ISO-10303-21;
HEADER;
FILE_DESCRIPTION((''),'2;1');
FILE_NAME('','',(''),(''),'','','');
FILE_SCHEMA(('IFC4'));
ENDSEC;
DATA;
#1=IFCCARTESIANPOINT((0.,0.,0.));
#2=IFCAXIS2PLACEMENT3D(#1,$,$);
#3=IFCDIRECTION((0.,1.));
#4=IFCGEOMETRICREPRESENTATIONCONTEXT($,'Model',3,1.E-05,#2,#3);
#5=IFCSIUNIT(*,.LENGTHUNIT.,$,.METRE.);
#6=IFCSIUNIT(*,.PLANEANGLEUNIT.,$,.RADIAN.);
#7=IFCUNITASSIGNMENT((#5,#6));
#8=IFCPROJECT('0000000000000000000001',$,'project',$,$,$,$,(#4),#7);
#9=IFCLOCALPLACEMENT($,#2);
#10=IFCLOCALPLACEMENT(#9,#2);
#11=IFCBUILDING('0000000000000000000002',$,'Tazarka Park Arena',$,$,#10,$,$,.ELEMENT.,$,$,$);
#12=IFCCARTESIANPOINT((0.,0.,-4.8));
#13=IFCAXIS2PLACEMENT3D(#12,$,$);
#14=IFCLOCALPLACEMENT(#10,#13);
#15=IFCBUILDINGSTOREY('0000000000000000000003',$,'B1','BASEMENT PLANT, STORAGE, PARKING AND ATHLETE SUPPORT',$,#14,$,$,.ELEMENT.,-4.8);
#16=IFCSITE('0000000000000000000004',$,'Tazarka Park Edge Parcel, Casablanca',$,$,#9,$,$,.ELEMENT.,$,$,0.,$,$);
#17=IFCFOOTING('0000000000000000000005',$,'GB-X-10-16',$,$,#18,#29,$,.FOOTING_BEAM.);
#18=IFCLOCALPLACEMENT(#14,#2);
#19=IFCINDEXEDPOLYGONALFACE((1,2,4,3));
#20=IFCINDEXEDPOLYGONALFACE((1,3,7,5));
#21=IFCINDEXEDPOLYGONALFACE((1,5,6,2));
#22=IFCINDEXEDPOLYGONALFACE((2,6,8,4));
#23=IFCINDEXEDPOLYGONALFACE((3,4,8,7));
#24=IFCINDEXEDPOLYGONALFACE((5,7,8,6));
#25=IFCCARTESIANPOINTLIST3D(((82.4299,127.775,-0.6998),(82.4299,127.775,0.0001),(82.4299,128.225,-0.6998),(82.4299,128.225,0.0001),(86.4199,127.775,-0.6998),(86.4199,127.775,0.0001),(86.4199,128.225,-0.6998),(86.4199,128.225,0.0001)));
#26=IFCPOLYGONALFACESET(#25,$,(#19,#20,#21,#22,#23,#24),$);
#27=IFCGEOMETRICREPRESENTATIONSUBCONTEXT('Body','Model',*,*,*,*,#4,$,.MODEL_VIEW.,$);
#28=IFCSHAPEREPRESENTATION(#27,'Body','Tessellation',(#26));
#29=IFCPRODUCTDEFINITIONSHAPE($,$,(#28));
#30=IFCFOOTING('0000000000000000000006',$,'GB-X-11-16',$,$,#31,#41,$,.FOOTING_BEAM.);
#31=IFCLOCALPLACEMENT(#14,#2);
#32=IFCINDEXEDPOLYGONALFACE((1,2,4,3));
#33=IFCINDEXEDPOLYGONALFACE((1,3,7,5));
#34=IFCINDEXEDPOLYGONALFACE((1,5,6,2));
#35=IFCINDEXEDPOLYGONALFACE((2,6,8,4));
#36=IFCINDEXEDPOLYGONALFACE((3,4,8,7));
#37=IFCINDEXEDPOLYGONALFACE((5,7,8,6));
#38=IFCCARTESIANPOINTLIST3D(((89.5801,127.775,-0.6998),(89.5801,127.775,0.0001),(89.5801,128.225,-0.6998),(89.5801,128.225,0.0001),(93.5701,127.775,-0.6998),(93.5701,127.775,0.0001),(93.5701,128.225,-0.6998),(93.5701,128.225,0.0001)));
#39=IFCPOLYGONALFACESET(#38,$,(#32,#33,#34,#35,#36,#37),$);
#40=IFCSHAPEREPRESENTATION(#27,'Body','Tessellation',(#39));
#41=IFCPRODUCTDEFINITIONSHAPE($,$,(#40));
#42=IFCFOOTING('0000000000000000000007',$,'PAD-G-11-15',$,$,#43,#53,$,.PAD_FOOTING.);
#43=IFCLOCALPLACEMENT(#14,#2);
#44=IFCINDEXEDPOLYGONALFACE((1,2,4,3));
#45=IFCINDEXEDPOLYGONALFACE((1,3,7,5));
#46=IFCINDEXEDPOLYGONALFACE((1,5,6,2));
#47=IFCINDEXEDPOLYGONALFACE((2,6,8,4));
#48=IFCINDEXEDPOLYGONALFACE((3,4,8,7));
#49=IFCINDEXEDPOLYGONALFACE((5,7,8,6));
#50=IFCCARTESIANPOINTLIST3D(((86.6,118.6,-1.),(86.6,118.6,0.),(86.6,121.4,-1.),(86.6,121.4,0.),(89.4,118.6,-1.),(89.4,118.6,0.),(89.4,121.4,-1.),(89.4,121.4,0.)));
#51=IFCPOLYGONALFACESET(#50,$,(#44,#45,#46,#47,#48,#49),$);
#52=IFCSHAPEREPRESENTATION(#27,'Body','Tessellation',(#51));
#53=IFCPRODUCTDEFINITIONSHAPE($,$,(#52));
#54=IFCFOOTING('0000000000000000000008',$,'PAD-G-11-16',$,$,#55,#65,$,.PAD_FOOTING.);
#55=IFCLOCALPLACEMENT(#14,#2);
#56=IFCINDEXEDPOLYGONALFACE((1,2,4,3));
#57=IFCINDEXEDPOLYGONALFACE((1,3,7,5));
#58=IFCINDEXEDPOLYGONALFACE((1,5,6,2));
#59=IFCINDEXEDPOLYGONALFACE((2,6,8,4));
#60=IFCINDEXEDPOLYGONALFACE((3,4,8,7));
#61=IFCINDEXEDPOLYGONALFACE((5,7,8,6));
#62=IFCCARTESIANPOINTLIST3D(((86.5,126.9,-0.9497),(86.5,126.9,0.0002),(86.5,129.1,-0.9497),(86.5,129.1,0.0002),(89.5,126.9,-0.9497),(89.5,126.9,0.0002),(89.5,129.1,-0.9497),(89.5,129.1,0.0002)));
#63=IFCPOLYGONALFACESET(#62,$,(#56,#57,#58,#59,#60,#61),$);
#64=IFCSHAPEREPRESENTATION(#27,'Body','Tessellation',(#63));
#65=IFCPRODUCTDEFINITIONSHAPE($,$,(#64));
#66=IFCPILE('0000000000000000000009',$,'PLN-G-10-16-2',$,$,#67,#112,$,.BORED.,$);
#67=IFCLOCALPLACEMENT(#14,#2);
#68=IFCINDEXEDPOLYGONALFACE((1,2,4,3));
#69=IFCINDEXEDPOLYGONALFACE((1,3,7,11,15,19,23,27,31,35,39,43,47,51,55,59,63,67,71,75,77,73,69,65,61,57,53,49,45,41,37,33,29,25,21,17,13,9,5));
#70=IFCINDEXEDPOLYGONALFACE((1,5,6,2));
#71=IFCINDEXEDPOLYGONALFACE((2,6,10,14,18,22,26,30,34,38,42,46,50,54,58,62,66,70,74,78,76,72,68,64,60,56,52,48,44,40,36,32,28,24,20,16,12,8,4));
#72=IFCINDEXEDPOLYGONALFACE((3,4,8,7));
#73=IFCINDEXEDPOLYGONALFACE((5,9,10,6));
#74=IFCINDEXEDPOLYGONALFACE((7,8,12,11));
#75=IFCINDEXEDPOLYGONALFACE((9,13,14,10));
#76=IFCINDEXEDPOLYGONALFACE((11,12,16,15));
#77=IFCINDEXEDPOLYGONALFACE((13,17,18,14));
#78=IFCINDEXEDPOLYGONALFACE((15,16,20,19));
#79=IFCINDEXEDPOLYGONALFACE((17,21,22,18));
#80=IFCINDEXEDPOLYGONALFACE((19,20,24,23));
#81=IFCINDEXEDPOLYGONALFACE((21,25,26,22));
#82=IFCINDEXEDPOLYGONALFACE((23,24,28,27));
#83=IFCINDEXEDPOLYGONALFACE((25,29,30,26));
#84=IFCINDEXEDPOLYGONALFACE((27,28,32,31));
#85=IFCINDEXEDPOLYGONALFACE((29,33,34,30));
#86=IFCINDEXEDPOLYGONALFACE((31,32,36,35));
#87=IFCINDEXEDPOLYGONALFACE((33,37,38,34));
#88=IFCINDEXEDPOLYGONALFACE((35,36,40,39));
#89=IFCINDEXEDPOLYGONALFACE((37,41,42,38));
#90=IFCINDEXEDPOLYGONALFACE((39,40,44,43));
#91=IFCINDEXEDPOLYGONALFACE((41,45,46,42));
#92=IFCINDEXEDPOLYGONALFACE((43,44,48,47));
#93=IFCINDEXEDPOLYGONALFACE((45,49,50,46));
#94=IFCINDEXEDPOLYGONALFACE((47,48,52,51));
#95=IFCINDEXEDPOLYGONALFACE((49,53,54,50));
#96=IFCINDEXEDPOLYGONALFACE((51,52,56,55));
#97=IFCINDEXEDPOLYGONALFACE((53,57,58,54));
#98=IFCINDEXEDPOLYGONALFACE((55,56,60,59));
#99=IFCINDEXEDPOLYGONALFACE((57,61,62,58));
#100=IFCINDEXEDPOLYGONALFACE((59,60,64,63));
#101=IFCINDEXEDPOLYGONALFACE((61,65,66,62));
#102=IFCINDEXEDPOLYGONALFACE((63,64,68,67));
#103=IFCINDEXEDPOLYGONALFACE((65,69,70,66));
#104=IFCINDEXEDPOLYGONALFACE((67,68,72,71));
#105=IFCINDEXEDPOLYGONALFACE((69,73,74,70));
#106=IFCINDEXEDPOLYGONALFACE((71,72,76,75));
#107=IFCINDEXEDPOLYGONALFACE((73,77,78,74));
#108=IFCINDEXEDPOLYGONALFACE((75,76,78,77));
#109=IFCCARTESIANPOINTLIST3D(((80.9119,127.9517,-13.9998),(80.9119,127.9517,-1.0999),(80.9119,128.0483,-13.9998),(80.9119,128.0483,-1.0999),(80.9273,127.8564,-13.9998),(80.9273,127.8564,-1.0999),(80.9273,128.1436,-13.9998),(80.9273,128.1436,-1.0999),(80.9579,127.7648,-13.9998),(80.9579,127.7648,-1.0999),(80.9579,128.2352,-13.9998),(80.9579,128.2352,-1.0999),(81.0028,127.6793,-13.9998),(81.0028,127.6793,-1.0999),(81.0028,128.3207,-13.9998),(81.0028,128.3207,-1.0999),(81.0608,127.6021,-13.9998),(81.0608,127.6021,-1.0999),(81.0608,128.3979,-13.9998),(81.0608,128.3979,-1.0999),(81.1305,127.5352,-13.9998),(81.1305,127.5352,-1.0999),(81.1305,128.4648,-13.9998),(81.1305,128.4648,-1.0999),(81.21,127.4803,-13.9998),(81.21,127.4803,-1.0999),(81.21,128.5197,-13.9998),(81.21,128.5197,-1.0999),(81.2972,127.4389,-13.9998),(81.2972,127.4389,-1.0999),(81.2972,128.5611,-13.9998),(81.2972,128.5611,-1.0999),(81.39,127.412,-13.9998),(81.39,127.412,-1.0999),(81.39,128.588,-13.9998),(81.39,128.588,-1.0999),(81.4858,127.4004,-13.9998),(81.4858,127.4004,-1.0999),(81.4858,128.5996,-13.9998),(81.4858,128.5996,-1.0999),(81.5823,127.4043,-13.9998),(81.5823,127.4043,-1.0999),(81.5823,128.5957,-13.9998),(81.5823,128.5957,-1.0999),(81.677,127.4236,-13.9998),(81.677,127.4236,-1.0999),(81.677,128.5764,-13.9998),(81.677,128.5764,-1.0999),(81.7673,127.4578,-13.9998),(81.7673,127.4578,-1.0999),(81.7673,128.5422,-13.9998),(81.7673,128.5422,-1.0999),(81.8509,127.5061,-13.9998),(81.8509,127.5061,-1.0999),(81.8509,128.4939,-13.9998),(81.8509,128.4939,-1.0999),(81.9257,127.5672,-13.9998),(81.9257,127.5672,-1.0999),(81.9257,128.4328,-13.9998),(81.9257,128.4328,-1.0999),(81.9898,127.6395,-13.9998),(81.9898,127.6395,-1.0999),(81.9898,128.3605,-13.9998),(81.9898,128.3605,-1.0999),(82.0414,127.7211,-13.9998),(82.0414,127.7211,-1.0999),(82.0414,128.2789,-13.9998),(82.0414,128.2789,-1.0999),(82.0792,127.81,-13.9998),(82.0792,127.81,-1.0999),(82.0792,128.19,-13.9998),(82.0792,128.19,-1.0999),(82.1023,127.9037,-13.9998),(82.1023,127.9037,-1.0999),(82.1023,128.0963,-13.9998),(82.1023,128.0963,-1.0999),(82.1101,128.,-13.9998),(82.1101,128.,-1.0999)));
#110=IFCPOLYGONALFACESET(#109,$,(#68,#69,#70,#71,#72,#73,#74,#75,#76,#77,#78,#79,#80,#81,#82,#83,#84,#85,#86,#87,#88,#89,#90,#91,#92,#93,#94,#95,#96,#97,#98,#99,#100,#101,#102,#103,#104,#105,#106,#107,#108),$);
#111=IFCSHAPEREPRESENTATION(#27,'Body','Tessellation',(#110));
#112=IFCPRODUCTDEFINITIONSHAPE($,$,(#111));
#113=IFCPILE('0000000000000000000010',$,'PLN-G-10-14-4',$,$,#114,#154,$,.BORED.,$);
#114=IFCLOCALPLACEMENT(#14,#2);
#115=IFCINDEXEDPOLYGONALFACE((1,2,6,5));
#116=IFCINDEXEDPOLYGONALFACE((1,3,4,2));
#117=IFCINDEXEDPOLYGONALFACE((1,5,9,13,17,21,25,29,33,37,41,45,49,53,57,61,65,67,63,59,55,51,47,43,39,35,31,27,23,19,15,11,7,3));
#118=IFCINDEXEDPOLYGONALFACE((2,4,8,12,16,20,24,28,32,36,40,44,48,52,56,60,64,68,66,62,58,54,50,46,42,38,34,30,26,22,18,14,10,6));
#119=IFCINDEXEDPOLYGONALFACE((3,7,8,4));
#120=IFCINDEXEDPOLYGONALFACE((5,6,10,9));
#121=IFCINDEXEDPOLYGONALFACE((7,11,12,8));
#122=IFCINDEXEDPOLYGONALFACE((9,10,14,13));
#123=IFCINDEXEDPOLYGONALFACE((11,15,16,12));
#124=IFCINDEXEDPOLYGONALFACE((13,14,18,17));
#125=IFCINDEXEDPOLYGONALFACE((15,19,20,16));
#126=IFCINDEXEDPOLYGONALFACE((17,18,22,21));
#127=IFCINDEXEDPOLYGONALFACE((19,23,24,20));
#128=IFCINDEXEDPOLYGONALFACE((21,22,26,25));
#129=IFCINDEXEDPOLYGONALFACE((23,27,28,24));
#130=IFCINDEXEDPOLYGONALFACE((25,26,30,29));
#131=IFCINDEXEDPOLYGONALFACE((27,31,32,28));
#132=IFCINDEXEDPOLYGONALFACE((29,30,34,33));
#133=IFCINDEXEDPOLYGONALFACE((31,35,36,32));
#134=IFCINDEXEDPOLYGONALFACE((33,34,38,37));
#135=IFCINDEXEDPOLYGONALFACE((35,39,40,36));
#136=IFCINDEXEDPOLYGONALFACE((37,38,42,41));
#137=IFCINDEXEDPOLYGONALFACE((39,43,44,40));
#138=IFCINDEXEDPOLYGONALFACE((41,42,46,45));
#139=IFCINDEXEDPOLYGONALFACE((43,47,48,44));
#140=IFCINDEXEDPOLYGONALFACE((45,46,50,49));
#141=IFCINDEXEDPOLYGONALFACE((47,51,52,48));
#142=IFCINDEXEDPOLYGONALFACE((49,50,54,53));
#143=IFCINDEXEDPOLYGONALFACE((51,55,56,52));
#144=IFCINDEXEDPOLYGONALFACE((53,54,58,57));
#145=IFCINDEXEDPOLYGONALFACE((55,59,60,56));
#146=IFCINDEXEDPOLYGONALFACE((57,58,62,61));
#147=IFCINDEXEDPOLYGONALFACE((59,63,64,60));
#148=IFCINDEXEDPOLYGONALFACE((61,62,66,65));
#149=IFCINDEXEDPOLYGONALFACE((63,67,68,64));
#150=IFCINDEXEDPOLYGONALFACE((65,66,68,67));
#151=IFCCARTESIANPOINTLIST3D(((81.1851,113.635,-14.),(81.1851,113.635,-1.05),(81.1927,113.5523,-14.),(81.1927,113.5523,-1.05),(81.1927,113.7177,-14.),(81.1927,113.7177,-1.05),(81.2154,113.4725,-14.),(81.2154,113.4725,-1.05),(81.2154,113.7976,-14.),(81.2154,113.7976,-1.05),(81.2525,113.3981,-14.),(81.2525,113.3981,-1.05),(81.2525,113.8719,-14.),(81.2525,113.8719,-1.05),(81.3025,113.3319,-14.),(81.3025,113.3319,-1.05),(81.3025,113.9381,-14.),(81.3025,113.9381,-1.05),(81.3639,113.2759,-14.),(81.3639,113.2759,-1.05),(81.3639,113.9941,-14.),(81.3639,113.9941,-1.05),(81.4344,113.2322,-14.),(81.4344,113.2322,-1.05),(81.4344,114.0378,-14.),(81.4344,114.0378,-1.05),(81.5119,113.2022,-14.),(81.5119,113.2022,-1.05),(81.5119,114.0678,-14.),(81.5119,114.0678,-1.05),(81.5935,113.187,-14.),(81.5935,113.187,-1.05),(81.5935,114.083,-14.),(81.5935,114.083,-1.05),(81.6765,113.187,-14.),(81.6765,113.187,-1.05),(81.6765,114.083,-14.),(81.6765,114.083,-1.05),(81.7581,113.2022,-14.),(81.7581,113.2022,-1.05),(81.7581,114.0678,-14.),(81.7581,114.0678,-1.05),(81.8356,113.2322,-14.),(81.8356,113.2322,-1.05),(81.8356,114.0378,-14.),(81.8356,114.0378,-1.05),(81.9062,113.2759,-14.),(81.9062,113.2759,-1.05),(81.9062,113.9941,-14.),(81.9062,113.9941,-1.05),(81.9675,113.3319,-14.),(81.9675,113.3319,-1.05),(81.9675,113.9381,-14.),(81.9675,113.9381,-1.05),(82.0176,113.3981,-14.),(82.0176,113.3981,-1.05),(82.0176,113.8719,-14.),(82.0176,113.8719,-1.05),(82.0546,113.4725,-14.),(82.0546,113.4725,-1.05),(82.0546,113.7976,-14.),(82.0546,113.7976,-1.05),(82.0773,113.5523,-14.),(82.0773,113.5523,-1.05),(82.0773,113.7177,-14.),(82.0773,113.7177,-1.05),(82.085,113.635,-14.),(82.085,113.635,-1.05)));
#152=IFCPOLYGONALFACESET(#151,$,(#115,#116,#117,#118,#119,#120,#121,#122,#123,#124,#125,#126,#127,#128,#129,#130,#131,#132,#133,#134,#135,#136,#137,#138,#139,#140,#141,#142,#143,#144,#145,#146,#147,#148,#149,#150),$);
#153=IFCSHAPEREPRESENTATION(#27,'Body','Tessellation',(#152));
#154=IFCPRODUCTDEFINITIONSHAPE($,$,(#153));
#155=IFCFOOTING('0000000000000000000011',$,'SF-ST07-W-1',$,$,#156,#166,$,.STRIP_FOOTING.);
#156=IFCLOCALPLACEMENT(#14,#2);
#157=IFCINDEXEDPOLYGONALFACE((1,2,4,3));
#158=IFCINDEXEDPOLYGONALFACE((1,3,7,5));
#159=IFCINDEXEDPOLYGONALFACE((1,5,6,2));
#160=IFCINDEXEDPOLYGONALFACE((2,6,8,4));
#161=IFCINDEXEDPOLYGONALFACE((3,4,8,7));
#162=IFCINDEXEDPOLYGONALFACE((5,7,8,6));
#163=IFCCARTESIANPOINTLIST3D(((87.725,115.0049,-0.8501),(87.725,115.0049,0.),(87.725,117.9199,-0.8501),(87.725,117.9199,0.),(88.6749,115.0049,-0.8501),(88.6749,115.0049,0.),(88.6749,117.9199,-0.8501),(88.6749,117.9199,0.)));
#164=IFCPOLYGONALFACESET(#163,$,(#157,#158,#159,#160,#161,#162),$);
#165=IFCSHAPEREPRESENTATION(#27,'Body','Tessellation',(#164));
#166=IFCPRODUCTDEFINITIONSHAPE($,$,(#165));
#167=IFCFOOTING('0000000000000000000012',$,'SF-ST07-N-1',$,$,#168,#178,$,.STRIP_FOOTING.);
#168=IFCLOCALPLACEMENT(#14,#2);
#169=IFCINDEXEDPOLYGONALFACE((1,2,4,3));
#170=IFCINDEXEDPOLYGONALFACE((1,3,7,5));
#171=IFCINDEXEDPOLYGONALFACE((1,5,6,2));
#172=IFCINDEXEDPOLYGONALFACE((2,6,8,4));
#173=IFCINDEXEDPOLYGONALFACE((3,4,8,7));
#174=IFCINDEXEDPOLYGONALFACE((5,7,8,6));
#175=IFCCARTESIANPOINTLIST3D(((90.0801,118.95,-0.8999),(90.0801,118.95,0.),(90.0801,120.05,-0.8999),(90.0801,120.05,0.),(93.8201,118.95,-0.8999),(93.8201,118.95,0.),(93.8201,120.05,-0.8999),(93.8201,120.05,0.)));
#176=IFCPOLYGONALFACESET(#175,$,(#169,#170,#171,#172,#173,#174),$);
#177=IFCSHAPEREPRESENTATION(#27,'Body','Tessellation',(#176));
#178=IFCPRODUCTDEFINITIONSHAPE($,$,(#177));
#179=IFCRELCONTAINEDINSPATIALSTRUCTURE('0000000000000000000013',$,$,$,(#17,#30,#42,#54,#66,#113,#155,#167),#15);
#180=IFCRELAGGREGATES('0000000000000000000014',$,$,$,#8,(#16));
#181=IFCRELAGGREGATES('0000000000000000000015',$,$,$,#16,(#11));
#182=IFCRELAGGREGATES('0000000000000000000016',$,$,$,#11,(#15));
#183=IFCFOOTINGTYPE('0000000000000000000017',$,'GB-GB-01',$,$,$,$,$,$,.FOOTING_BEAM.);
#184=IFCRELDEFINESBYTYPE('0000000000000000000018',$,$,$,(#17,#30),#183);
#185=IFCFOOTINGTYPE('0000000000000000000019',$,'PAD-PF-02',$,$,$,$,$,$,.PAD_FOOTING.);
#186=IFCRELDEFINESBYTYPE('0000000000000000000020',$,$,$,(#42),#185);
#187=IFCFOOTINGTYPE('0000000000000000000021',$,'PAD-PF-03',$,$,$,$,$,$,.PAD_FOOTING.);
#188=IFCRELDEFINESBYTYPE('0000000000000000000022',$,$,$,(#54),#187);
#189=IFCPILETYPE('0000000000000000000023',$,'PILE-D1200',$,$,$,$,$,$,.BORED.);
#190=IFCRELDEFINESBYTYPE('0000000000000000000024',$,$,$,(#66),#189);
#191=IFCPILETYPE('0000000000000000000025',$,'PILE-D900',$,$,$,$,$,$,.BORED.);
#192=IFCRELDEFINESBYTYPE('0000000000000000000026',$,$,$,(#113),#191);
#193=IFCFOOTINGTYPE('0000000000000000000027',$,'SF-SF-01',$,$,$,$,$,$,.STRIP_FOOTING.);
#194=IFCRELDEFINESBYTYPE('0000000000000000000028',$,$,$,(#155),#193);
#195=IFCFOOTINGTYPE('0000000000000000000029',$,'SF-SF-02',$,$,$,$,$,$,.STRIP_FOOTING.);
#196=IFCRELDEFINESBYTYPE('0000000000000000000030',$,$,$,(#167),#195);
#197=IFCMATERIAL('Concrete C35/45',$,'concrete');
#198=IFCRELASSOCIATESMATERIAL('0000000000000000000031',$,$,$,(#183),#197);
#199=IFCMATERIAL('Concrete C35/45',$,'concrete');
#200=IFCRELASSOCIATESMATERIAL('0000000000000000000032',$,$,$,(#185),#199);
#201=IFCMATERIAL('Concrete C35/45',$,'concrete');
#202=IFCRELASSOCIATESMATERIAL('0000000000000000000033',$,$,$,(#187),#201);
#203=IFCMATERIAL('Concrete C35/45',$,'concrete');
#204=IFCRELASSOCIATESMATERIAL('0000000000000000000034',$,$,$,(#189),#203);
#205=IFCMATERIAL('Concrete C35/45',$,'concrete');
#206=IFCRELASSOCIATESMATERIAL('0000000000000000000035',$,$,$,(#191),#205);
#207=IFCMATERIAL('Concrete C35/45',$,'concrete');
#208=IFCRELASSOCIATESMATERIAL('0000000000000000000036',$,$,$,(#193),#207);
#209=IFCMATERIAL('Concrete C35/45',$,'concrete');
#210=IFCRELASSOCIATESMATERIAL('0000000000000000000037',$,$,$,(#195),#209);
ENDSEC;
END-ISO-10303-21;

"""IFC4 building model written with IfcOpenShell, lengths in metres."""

from ifc_helpers import new_model, si_unit, direction, frame, origin, origin_2d, place, context, subcontext, project, spatial, rectangle, circle, extrude, material, material_profile, profile_set, type_object, element, save


model = new_model("IFC4")

# Units and contexts
model_context = context("Model", 3, precision=1e-05, world=origin(), true_north=direction((0.0, 1.0)))
body_context = subcontext(model_context, "Body", "Model", "MODEL_VIEW")
ifc_project = project(units=[si_unit("LENGTHUNIT", "METRE"), si_unit("PLANEANGLEUNIT", "RADIAN")], contexts=[model_context])

# Site, building, storey
site_placement = place(None, origin())
site = spatial("IfcSite", under=ifc_project, at=site_placement, Name="Tazarka Park Edge Parcel, Casablanca", CompositionType="ELEMENT", RefElevation=0.0)
building_placement = place(site_placement, origin())
building = spatial("IfcBuilding", under=site, at=building_placement, Name="Tazarka Park Arena", CompositionType="ELEMENT")
storey_placement = place(building_placement, frame((0.0, 0.0, -4.8)))
storey = spatial("IfcBuildingStorey", under=building, at=storey_placement, Name="B1", Description="BASEMENT PLANT, STORAGE, PARKING AND ATHLETE SUPPORT", CompositionType="ELEMENT", Elevation=-4.8)

# Footings
ifc_material_1 = material(Name="Concrete C35/45", Category="concrete")
ifc_material_profile_1 = material_profile(ifc_material_1, rectangle(XDim=0.45, YDim=0.7, at=origin_2d()), Name="Concrete C35/45")
ifc_profile_set_1 = profile_set([ifc_material_profile_1], Name="Concrete C35/45")
footing_type_1 = type_object("IfcFootingType", Name="GB-GB-01", PredefinedType="FOOTING_BEAM", material=ifc_profile_set_1)
for number, where, z_axis, x_axis, name in (
    (1, (82.4299, 128.0, -0.3499), (1.0, 0.0, 0.0), (0.0, 1.0, 0.0), "GB-X-10-16"),
    (2, (89.5801, 128.0, -0.3499), (1.0, 0.0, 0.0), (0.0, 1.0, 0.0), "GB-X-11-16"),
):
    element("IfcFooting", number, at=place(storey_placement, frame(where, z_axis=z_axis, x_axis=x_axis)), inside=storey, type_object=footing_type_1, Name=name, PredefinedType="FOOTING_BEAM", context=body_context, shape_type="SweptSolid", body=[
        extrude(rectangle(XDim=0.45, YDim=0.7, at=origin_2d()), origin(), (0.0, 0.0, 1.0), 3.99),
    ])
ifc_material_2 = material(Name="Concrete C35/45", Category="concrete")
footing_type_2 = type_object("IfcFootingType", Name="PAD-PF-02", PredefinedType="PAD_FOOTING", material=ifc_material_2)
footing_1_placement = place(storey_placement, frame((88.0, 120.0, -1.0), z_axis=(0.0, 0.0, 1.0), x_axis=(1.0, 0.0, 0.0)))
element("IfcFooting", 3, at=footing_1_placement, inside=storey, type_object=footing_type_2, Name="PAD-G-11-15", PredefinedType="PAD_FOOTING", context=body_context, shape_type="SweptSolid", body=[
    extrude(rectangle(XDim=2.8, YDim=2.8, at=origin_2d()), origin(), (0.0, 0.0, 1.0), 1.0),
])
ifc_material_3 = material(Name="Concrete C35/45", Category="concrete")
footing_type_3 = type_object("IfcFootingType", Name="PAD-PF-03", PredefinedType="PAD_FOOTING", material=ifc_material_3)
footing_2_placement = place(storey_placement, frame((88.0, 128.0, -0.9497), z_axis=(0.0, 0.0, 1.0), x_axis=(1.0, 0.0, 0.0)))
element("IfcFooting", 4, at=footing_2_placement, inside=storey, type_object=footing_type_3, Name="PAD-G-11-16", PredefinedType="PAD_FOOTING", context=body_context, shape_type="SweptSolid", body=[
    extrude(rectangle(XDim=3.0, YDim=2.2, at=origin_2d()), origin(), (0.0, 0.0, 1.0), 0.95),
])

# Piles
ifc_material_4 = material(Name="Concrete C35/45", Category="concrete")
ifc_material_profile_2 = material_profile(ifc_material_4, circle(Radius=0.6001, at=origin_2d()), Name="Concrete C35/45")
ifc_profile_set_2 = profile_set([ifc_material_profile_2], Name="Concrete C35/45")
pile_type_1 = type_object("IfcPileType", Name="PILE-D1200", PredefinedType="BORED", material=ifc_profile_set_2)
pile_1_placement = place(storey_placement, frame((81.51, 128.0, -1.0999), z_axis=(0.0, 0.0, -1.0), x_axis=(1.0, 0.0, 0.0)))
element("IfcPile", 5, at=pile_1_placement, inside=storey, type_object=pile_type_1, Name="PLN-G-10-16-2", PredefinedType="BORED", context=body_context, shape_type="SweptSolid", body=[
    extrude(circle(Radius=0.6001, at=origin_2d()), origin(), (0.0, 0.0, 1.0), 12.8999),
])
ifc_material_5 = material(Name="Concrete C35/45", Category="concrete")
ifc_material_profile_3 = material_profile(ifc_material_5, circle(Radius=0.45, at=origin_2d()), Name="Concrete C35/45")
ifc_profile_set_3 = profile_set([ifc_material_profile_3], Name="Concrete C35/45")
pile_type_2 = type_object("IfcPileType", Name="PILE-D900", PredefinedType="BORED", material=ifc_profile_set_3)
pile_2_placement = place(storey_placement, frame((81.635, 113.635, -1.05), z_axis=(0.0, 0.0, -1.0), x_axis=(1.0, 0.0, 0.0)))
element("IfcPile", 6, at=pile_2_placement, inside=storey, type_object=pile_type_2, Name="PLN-G-10-14-4", PredefinedType="BORED", context=body_context, shape_type="SweptSolid", body=[
    extrude(circle(Radius=0.45, at=origin_2d()), origin(), (0.0, 0.0, 1.0), 12.95),
])

# Footings
ifc_material_6 = material(Name="Concrete C35/45", Category="concrete")
ifc_material_profile_4 = material_profile(ifc_material_6, rectangle(XDim=0.95, YDim=0.8501, at=origin_2d()), Name="Concrete C35/45")
ifc_profile_set_4 = profile_set([ifc_material_profile_4], Name="Concrete C35/45")
footing_type_4 = type_object("IfcFootingType", Name="SF-SF-01", PredefinedType="STRIP_FOOTING", material=ifc_profile_set_4)
footing_3_placement = place(storey_placement, frame((88.2, 115.0049, -0.425), z_axis=(0.0, 1.0, 0.0), x_axis=(-1.0, 0.0, 0.0)))
element("IfcFooting", 7, at=footing_3_placement, inside=storey, type_object=footing_type_4, Name="SF-ST07-W-1", PredefinedType="STRIP_FOOTING", context=body_context, shape_type="SweptSolid", body=[
    extrude(rectangle(XDim=0.95, YDim=0.8501, at=origin_2d()), origin(), (0.0, 0.0, 1.0), 2.915),
])
ifc_material_7 = material(Name="Concrete C35/45", Category="concrete")
ifc_material_profile_5 = material_profile(ifc_material_7, rectangle(XDim=1.1001, YDim=0.8999, at=origin_2d()), Name="Concrete C35/45")
ifc_profile_set_5 = profile_set([ifc_material_profile_5], Name="Concrete C35/45")
footing_type_5 = type_object("IfcFootingType", Name="SF-SF-02", PredefinedType="STRIP_FOOTING", material=ifc_profile_set_5)
footing_4_placement = place(storey_placement, frame((90.0801, 119.5, -0.45), z_axis=(1.0, 0.0, 0.0), x_axis=(0.0, 1.0, 0.0)))
element("IfcFooting", 8, at=footing_4_placement, inside=storey, type_object=footing_type_5, Name="SF-ST07-N-1", PredefinedType="STRIP_FOOTING", context=body_context, shape_type="SweptSolid", body=[
    extrude(rectangle(XDim=1.1001, YDim=0.8999, at=origin_2d()), origin(), (0.0, 0.0, 1.0), 3.74),
])

save(model, "model.ifc")
